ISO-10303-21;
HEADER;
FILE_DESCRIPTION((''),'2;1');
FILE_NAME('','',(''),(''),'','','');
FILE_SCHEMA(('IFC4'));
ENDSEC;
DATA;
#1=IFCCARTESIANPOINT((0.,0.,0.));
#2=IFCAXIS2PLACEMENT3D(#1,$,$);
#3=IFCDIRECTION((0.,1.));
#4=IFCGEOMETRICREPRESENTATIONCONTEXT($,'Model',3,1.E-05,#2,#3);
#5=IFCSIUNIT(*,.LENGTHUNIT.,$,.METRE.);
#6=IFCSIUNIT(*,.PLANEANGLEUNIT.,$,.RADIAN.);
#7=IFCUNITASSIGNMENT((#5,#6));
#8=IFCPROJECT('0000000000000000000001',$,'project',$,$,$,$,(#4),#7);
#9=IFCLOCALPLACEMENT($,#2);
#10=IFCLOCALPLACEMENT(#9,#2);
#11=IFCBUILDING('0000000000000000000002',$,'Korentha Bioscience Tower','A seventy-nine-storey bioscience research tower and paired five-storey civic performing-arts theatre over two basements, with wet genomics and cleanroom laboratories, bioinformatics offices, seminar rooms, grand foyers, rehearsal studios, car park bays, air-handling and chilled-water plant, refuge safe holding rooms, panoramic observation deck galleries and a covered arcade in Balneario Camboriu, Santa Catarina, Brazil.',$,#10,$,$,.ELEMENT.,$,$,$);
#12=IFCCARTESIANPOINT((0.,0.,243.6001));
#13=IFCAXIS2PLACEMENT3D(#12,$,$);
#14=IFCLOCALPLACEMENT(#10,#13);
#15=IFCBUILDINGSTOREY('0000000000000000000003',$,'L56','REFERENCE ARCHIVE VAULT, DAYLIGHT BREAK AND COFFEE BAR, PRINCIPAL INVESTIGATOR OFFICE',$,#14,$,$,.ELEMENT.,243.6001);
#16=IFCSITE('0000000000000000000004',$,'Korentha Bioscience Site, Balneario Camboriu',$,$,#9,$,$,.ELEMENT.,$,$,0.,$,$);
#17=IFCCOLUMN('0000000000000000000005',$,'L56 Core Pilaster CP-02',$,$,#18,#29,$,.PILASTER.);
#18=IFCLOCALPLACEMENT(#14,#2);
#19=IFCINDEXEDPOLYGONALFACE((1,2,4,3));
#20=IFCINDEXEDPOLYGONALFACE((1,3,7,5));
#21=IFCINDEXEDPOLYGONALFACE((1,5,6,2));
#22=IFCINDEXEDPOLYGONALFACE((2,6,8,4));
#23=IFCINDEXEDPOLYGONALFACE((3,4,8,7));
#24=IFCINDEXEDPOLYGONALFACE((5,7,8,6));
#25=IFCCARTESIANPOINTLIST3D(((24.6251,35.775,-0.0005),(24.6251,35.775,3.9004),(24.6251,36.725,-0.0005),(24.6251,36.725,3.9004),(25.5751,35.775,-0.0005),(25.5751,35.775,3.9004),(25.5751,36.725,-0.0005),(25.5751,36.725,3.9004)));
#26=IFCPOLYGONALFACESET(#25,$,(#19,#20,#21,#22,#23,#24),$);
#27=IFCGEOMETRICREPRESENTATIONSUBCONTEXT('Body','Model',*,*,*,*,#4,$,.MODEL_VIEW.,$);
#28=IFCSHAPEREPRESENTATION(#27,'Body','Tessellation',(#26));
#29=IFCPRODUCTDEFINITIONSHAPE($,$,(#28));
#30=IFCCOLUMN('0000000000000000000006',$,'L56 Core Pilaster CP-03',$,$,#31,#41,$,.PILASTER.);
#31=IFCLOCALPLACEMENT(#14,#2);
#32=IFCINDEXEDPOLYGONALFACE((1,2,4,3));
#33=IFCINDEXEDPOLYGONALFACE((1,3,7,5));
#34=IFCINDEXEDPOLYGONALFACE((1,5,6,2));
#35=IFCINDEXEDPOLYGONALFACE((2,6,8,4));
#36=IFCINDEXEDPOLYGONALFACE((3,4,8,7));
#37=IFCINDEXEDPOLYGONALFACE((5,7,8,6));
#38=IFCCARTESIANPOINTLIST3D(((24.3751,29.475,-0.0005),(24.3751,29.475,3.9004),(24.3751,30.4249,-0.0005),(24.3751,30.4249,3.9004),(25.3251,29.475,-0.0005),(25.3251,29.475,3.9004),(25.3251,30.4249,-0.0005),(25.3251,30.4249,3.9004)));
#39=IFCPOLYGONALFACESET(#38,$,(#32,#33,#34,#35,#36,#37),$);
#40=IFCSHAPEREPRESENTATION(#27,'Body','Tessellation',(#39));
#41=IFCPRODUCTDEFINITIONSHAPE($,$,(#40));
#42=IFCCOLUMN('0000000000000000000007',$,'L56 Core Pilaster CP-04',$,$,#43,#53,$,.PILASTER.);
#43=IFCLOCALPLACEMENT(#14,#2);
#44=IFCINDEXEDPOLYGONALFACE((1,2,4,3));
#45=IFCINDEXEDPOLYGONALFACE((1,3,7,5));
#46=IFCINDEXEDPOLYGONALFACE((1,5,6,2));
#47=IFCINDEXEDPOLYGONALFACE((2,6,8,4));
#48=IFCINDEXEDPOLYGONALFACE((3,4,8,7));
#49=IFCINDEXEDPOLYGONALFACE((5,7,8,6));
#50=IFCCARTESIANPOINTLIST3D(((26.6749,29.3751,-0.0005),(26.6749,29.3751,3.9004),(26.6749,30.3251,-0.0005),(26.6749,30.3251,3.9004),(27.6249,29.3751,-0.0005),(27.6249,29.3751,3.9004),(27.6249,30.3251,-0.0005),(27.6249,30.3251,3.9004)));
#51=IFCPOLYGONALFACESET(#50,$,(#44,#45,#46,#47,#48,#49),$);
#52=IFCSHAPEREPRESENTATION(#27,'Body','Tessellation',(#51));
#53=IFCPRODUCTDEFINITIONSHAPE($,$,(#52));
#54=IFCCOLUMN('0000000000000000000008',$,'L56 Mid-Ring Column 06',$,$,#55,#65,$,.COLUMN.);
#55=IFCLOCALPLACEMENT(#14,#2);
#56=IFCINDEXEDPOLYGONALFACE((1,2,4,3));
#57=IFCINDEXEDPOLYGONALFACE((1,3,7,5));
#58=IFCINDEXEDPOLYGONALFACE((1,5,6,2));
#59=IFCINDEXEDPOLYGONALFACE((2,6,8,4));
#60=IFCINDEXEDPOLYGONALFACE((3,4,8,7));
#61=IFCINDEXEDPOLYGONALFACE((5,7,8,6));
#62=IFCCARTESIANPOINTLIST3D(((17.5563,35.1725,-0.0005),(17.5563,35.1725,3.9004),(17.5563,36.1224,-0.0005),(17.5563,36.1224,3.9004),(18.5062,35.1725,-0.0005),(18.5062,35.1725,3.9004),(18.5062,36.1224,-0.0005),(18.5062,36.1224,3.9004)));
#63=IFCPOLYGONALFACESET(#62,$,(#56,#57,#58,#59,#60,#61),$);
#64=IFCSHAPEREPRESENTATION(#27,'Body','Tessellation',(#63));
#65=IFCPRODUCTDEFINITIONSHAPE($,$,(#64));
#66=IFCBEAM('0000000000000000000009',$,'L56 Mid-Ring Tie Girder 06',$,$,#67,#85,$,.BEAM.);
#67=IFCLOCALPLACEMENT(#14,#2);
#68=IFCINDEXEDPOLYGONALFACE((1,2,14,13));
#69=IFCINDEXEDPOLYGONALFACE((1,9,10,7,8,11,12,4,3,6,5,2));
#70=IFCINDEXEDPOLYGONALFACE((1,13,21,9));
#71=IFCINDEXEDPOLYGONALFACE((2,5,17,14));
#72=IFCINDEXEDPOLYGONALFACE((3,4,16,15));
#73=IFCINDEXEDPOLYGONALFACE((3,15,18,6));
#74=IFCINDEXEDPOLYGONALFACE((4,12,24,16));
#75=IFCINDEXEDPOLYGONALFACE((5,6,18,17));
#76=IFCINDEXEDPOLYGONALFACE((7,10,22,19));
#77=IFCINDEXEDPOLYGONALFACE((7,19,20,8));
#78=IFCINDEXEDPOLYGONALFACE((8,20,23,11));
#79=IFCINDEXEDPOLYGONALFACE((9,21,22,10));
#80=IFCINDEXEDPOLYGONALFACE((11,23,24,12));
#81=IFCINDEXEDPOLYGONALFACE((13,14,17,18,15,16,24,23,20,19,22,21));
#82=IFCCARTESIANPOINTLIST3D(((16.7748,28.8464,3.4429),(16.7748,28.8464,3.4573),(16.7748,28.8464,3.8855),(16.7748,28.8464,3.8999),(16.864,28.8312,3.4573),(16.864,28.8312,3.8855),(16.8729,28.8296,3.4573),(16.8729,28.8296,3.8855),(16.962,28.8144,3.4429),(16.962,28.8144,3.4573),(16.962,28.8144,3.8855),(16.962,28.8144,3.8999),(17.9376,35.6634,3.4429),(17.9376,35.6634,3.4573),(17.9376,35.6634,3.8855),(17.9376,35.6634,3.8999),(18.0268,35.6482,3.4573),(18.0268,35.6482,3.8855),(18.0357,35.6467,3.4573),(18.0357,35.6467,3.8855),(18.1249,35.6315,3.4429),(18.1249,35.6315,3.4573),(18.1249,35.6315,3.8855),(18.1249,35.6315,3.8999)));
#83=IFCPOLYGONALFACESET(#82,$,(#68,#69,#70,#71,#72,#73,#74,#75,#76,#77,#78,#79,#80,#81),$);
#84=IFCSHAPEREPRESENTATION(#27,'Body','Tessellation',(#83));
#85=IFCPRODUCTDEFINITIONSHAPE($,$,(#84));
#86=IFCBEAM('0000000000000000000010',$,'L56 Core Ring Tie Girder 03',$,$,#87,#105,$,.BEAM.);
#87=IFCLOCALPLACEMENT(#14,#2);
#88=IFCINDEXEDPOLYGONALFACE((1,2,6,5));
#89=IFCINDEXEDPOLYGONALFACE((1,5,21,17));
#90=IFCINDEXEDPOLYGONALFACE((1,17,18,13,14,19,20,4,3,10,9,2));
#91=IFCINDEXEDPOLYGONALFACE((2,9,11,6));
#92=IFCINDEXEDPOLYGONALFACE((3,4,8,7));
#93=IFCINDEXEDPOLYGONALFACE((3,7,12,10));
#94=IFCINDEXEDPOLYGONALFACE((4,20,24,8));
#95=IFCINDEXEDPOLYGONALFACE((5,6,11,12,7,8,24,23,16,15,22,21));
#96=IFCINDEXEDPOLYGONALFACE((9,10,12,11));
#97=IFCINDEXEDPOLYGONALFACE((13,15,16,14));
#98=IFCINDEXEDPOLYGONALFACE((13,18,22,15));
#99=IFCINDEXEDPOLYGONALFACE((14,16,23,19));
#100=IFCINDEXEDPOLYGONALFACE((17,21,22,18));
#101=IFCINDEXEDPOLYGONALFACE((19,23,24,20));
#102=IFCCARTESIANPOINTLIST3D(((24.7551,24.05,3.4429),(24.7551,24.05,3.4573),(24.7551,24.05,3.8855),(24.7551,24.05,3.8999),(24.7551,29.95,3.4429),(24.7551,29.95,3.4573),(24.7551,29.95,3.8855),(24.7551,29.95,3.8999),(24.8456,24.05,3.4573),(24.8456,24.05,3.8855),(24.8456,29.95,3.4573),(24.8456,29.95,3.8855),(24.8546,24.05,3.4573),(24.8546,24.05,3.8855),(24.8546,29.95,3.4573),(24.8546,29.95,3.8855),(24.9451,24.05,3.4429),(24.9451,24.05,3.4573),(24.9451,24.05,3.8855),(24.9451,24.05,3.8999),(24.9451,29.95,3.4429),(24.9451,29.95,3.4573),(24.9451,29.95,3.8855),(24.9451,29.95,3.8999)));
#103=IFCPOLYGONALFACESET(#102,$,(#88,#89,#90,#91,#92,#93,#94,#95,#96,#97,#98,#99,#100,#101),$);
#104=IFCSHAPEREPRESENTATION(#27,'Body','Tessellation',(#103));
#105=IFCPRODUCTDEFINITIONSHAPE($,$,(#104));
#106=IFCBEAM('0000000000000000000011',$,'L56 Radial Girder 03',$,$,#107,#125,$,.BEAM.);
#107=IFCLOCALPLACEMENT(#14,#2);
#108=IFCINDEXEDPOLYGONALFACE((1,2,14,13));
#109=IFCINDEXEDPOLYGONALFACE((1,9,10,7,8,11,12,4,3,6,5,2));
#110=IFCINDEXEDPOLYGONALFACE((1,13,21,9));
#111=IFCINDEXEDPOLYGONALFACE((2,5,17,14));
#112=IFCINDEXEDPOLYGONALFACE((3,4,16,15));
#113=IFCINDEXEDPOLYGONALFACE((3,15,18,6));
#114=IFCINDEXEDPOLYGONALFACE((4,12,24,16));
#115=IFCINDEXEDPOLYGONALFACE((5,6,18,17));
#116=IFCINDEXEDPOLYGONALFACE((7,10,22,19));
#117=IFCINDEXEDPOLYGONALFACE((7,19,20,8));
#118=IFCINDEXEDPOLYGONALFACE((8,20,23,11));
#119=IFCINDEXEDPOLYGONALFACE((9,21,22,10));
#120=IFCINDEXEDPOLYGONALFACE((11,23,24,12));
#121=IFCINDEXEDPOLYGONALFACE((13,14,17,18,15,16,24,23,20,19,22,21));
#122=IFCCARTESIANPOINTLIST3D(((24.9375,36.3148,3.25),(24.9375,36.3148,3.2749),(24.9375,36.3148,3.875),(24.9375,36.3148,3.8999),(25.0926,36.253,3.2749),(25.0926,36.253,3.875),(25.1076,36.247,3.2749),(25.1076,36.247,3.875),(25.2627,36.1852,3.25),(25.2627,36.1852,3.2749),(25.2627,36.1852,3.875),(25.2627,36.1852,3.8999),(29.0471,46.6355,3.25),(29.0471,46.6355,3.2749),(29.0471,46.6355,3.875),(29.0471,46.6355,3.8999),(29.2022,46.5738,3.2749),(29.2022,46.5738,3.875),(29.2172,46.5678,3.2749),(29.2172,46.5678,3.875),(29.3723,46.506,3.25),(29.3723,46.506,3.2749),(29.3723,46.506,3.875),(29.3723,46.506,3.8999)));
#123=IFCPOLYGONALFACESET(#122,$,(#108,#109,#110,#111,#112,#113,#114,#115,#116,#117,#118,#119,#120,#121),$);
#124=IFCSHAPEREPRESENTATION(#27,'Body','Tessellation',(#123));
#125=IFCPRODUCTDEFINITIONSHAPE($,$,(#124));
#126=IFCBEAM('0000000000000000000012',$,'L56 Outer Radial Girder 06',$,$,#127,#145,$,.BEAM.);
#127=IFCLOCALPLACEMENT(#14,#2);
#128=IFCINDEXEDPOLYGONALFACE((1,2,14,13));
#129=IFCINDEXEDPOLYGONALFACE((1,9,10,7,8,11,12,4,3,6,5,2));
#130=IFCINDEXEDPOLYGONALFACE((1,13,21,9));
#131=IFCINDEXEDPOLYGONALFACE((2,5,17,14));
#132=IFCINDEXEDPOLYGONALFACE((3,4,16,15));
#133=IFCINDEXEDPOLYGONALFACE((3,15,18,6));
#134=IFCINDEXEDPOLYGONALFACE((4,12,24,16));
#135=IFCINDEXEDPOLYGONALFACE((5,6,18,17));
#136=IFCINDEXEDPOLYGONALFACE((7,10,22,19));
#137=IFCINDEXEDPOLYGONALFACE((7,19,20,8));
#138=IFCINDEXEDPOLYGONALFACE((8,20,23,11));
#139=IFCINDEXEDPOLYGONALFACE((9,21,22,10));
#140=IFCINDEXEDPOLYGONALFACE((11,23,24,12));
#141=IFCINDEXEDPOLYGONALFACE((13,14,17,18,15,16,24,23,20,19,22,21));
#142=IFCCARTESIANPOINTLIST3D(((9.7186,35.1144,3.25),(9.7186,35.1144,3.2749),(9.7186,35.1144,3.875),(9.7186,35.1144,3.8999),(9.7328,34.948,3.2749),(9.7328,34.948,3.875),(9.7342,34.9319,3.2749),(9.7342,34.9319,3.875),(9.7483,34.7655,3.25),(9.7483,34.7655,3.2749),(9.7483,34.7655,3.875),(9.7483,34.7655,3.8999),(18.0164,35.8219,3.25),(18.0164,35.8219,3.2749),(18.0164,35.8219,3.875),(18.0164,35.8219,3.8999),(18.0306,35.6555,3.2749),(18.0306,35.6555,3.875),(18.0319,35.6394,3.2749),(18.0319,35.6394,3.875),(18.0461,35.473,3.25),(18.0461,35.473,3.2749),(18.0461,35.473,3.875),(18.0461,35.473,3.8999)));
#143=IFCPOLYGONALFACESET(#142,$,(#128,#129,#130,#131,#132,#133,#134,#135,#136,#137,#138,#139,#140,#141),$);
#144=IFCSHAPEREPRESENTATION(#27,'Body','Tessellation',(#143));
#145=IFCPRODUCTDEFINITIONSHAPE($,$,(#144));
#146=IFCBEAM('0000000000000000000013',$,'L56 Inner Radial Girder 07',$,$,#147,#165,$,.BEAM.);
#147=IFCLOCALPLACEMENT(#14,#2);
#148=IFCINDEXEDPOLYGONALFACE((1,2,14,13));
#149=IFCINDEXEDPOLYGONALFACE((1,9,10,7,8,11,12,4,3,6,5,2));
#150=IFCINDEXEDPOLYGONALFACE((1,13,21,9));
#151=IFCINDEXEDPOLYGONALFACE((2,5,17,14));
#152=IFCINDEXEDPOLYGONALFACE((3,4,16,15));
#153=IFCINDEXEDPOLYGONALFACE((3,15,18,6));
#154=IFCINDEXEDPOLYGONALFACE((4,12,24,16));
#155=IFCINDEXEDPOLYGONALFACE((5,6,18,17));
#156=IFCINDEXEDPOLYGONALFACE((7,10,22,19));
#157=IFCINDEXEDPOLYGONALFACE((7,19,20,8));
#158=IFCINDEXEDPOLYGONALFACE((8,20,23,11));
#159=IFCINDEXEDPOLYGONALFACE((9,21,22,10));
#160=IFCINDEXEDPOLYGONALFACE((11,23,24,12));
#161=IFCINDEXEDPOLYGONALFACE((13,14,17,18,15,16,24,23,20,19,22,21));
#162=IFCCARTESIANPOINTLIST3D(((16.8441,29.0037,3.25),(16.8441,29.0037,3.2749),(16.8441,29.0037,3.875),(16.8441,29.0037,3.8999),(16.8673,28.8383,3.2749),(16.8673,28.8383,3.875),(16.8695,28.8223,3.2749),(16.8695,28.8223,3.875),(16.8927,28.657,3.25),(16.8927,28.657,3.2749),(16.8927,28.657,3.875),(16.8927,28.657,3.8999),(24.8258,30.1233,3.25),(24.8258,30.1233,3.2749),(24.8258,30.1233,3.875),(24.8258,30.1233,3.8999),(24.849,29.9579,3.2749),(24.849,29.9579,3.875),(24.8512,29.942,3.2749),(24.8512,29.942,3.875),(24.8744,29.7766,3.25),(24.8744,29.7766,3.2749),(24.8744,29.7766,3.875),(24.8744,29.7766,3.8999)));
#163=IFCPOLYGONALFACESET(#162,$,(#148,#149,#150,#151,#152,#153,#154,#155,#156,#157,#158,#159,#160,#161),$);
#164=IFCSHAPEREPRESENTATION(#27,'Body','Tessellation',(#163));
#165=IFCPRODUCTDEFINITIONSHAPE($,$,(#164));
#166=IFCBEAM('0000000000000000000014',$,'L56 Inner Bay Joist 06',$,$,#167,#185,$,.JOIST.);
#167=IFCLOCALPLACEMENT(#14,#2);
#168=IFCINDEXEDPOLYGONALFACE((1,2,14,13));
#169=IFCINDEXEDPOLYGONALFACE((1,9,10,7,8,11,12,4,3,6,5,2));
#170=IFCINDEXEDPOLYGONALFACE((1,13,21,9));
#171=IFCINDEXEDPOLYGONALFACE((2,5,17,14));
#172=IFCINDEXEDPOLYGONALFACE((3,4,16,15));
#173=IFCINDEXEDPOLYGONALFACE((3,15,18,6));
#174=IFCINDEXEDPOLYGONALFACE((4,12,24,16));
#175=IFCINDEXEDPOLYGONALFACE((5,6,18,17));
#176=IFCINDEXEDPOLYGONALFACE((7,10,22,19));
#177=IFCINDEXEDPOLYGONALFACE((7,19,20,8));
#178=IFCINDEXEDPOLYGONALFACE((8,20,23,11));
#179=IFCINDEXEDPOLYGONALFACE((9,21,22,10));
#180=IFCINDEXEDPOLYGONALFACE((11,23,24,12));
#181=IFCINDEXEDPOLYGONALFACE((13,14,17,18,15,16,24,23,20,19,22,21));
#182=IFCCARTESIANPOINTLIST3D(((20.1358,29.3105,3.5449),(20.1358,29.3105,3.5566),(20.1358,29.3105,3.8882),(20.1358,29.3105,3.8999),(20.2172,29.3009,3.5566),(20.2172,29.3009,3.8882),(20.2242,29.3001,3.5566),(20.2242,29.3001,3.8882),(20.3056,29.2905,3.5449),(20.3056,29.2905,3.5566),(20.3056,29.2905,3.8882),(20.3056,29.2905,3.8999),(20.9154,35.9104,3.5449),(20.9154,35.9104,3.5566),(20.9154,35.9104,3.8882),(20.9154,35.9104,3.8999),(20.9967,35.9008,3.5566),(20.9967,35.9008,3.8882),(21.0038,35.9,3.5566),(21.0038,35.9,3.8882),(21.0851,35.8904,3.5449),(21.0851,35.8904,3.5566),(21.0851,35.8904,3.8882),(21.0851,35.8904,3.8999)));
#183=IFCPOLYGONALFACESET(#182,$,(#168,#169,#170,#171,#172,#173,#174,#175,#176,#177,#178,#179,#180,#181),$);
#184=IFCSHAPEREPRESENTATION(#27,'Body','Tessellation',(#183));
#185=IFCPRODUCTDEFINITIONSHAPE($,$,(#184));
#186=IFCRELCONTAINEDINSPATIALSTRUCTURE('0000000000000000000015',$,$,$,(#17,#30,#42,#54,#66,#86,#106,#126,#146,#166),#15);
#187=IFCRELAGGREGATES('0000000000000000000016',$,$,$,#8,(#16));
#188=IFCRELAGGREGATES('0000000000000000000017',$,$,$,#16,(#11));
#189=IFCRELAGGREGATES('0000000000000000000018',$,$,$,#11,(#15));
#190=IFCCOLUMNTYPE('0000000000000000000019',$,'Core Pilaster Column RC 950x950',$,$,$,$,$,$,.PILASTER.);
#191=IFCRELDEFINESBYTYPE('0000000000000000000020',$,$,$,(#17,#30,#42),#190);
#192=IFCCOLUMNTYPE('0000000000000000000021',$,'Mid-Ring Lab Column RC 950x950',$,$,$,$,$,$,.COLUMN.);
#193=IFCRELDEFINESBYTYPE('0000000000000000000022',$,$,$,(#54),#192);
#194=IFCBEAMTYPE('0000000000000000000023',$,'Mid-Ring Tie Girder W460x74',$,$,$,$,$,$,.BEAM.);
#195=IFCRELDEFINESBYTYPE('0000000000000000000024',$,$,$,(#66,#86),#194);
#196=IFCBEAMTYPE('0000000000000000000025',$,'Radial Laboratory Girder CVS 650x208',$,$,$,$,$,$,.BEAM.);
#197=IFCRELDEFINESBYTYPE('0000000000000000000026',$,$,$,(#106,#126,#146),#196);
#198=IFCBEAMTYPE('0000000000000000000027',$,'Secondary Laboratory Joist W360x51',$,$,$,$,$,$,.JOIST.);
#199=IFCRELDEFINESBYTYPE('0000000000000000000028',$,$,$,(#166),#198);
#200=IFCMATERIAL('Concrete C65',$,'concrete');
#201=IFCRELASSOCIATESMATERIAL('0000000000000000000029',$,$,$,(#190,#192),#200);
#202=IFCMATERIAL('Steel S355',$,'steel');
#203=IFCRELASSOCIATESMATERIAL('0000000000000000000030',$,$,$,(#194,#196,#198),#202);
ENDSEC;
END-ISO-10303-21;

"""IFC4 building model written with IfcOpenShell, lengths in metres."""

from ifc_helpers import new_model, si_unit, direction, frame, origin, origin_2d, place, context, subcontext, project, spatial, rectangle, i_section, extrude, material, material_profile, profile_set, type_object, element, save


model = new_model("IFC4")

# Units and contexts
model_context = context("Model", 3, precision=1e-05, world=origin(), true_north=direction((0.0, 1.0)))
body_context = subcontext(model_context, "Body", "Model", "MODEL_VIEW")
ifc_project = project(units=[si_unit("LENGTHUNIT", "METRE"), si_unit("PLANEANGLEUNIT", "RADIAN")], contexts=[model_context])

# Site, building, storey
site_placement = place(None, origin())
site = spatial("IfcSite", under=ifc_project, at=site_placement, Name="Korentha Bioscience Site, Balneario Camboriu", CompositionType="ELEMENT", RefElevation=0.0)
building_placement = place(site_placement, origin())
building = spatial("IfcBuilding", under=site, at=building_placement, Name="Korentha Bioscience Tower", Description="A seventy-nine-storey bioscience research tower and paired five-storey civic performing-arts theatre over two basements, with wet genomics and cleanroom laboratories, bioinformatics offices, seminar rooms, grand foyers, rehearsal studios, car park bays, air-handling and chilled-water plant, refuge safe holding rooms, panoramic observation deck galleries and a covered arcade in Balneario Camboriu, Santa Catarina, Brazil.", CompositionType="ELEMENT")
storey_placement = place(building_placement, frame((0.0, 0.0, 243.6001)))
storey = spatial("IfcBuildingStorey", under=building, at=storey_placement, Name="L56", Description="REFERENCE ARCHIVE VAULT, DAYLIGHT BREAK AND COFFEE BAR, PRINCIPAL INVESTIGATOR OFFICE", CompositionType="ELEMENT", Elevation=243.6001)

# Columns
ifc_material_1 = material(Name="Concrete C65", Category="concrete")
ifc_material_profile_1 = material_profile(ifc_material_1, rectangle(XDim=0.95, YDim=0.95, at=origin_2d()), Name="Concrete C65")
ifc_profile_set_1 = profile_set([ifc_material_profile_1], Name="Concrete C65 (COL-CP09)")
column_type_1 = type_object("IfcColumnType", Name="Core Pilaster Column RC 950x950", PredefinedType="PILASTER", material=ifc_profile_set_1)
for number, where, z_axis, x_axis, name in (
    (1, (25.1001, 36.25, -0.0005), (0.0, 0.0, 1.0), (1.0, 0.0, 0.0), "L56 Core Pilaster CP-02"),
    (2, (24.8501, 29.95, -0.0005), (0.0, 0.0, 1.0), (1.0, 0.0, 0.0), "L56 Core Pilaster CP-03"),
    (3, (27.1499, 29.8501, -0.0005), (0.0, 0.0, 1.0), (1.0, 0.0, 0.0), "L56 Core Pilaster CP-04"),
):
    element("IfcColumn", number, at=place(storey_placement, frame(where, z_axis=z_axis, x_axis=x_axis)), inside=storey, type_object=column_type_1, Name=name, PredefinedType="PILASTER", context=body_context, shape_type="SweptSolid", body=[
        extrude(rectangle(XDim=0.95, YDim=0.95, at=origin_2d()), origin(), (0.0, 0.0, 1.0), 3.9009),
    ])
ifc_material_profile_2 = material_profile(ifc_material_1, rectangle(XDim=0.95, YDim=0.95, at=origin_2d()), Name="Concrete C65")
ifc_profile_set_2 = profile_set([ifc_material_profile_2], Name="Concrete C65 (COL-MR09)")
column_type_2 = type_object("IfcColumnType", Name="Mid-Ring Lab Column RC 950x950", PredefinedType="COLUMN", material=ifc_profile_set_2)
column_placement = place(storey_placement, frame((18.0312, 35.6475, -0.0005), z_axis=(0.0, 0.0, 1.0), x_axis=(1.0, 0.0, 0.0)))
element("IfcColumn", 4, at=column_placement, inside=storey, type_object=column_type_2, Name="L56 Mid-Ring Column 06", PredefinedType="COLUMN", context=body_context, shape_type="SweptSolid", body=[
    extrude(rectangle(XDim=0.95, YDim=0.95, at=origin_2d()), origin(), (0.0, 0.0, 1.0), 3.9009),
])

# Beams
ifc_material_2 = material(Name="Steel S355", Category="steel")
ifc_material_profile_3 = material_profile(ifc_material_2, i_section(OverallWidth=0.1899, OverallDepth=0.457, WebThickness=0.009, FlangeThickness=0.0144, at=origin_2d()), Name="Steel S355")
ifc_profile_set_3 = profile_set([ifc_material_profile_3], Name="Steel S355 (MB-460)")
beam_type_1 = type_object("IfcBeamType", Name="Mid-Ring Tie Girder W460x74", PredefinedType="BEAM", material=ifc_profile_set_3)
beam_1_placement = place(storey_placement, frame((18.0312, 35.6475, 3.6714), z_axis=(-0.168148, -0.985762, 0.0), x_axis=(0.985762, -0.168148, 0.0)))
element("IfcBeam", 5, at=beam_1_placement, inside=storey, type_object=beam_type_1, Name="L56 Mid-Ring Tie Girder 06", PredefinedType="BEAM", context=body_context, shape_type="SweptSolid", body=[
    extrude(i_section(OverallWidth=0.1899, OverallDepth=0.457, WebThickness=0.009, FlangeThickness=0.0144, at=origin_2d()), origin(), (0.0, 0.0, 1.0), 6.9155),
])
beam_2_placement = place(storey_placement, frame((24.8501, 29.95, 3.6714), z_axis=(0.0, -1.0, 0.0), x_axis=(1.0, 0.0, 0.0)))
element("IfcBeam", 6, at=beam_2_placement, inside=storey, type_object=beam_type_1, Name="L56 Core Ring Tie Girder 03", PredefinedType="BEAM", context=body_context, shape_type="SweptSolid", body=[
    extrude(i_section(OverallWidth=0.1899, OverallDepth=0.457, WebThickness=0.009, FlangeThickness=0.0144, at=origin_2d()), origin(), (0.0, 0.0, 1.0), 5.8999),
])
ifc_material_profile_4 = material_profile(ifc_material_2, i_section(OverallWidth=0.3501, OverallDepth=0.6499, WebThickness=0.0161, FlangeThickness=0.0249, at=origin_2d()), Name="Steel S355")
ifc_profile_set_4 = profile_set([ifc_material_profile_4], Name="Steel S355 (RB-650)")
beam_type_2 = type_object("IfcBeamType", Name="Radial Laboratory Girder CVS 650x208", PredefinedType="BEAM", material=ifc_profile_set_4)
beam_3_placement = place(storey_placement, frame((25.1001, 36.25, 3.575), z_axis=(0.369939, 0.929056, 0.0), x_axis=(-0.929056, 0.369939, 0.0)))
element("IfcBeam", 7, at=beam_3_placement, inside=storey, type_object=beam_type_2, Name="L56 Radial Girder 03", PredefinedType="BEAM", context=body_context, shape_type="SweptSolid", body=[
    extrude(i_section(OverallWidth=0.3501, OverallDepth=0.6499, WebThickness=0.0161, FlangeThickness=0.0249, at=origin_2d()), origin(), (0.0, 0.0, 1.0), 11.1089),
])
beam_4_placement = place(storey_placement, frame((18.0312, 35.6475, 3.575), z_axis=(-0.996385, -0.084957, 0.0), x_axis=(0.084957, -0.996385, 0.0)))
element("IfcBeam", 8, at=beam_4_placement, inside=storey, type_object=beam_type_2, Name="L56 Outer Radial Girder 06", PredefinedType="BEAM", context=body_context, shape_type="SweptSolid", body=[
    extrude(i_section(OverallWidth=0.3501, OverallDepth=0.6499, WebThickness=0.0161, FlangeThickness=0.0249, at=origin_2d()), origin(), (0.0, 0.0, 1.0), 8.3279),
])
beam_5_placement = place(storey_placement, frame((24.8501, 29.95, 3.575), z_axis=(-0.990304, -0.138915, 0.0), x_axis=(0.138915, -0.990304, 0.0)))
element("IfcBeam", 9, at=beam_5_placement, inside=storey, type_object=beam_type_2, Name="L56 Inner Radial Girder 07", PredefinedType="BEAM", context=body_context, shape_type="SweptSolid", body=[
    extrude(i_section(OverallWidth=0.3501, OverallDepth=0.6499, WebThickness=0.0161, FlangeThickness=0.0249, at=origin_2d()), origin(), (0.0, 0.0, 1.0), 8.0598),
])
ifc_material_profile_5 = material_profile(ifc_material_2, i_section(OverallWidth=0.1709, OverallDepth=0.355, WebThickness=0.0071, FlangeThickness=0.0117, at=origin_2d()), Name="Steel S355")
ifc_profile_set_5 = profile_set([ifc_material_profile_5], Name="Steel S355 (JB-360)")
beam_type_3 = type_object("IfcBeamType", Name="Secondary Laboratory Joist W360x51", PredefinedType="JOIST", material=ifc_profile_set_5)
beam_6_placement = place(storey_placement, frame((21.0002, 35.9004, 3.7224), z_axis=(-0.1173, -0.993097, 0.0), x_axis=(0.993097, -0.1173, 0.0)))
element("IfcBeam", 10, at=beam_6_placement, inside=storey, type_object=beam_type_3, Name="L56 Inner Bay Joist 06", PredefinedType="JOIST", context=body_context, shape_type="SweptSolid", body=[
    extrude(i_section(OverallWidth=0.1709, OverallDepth=0.355, WebThickness=0.0071, FlangeThickness=0.0117, at=origin_2d()), origin(), (0.0, 0.0, 1.0), 6.6458),
])

save(model, "model.ifc")
